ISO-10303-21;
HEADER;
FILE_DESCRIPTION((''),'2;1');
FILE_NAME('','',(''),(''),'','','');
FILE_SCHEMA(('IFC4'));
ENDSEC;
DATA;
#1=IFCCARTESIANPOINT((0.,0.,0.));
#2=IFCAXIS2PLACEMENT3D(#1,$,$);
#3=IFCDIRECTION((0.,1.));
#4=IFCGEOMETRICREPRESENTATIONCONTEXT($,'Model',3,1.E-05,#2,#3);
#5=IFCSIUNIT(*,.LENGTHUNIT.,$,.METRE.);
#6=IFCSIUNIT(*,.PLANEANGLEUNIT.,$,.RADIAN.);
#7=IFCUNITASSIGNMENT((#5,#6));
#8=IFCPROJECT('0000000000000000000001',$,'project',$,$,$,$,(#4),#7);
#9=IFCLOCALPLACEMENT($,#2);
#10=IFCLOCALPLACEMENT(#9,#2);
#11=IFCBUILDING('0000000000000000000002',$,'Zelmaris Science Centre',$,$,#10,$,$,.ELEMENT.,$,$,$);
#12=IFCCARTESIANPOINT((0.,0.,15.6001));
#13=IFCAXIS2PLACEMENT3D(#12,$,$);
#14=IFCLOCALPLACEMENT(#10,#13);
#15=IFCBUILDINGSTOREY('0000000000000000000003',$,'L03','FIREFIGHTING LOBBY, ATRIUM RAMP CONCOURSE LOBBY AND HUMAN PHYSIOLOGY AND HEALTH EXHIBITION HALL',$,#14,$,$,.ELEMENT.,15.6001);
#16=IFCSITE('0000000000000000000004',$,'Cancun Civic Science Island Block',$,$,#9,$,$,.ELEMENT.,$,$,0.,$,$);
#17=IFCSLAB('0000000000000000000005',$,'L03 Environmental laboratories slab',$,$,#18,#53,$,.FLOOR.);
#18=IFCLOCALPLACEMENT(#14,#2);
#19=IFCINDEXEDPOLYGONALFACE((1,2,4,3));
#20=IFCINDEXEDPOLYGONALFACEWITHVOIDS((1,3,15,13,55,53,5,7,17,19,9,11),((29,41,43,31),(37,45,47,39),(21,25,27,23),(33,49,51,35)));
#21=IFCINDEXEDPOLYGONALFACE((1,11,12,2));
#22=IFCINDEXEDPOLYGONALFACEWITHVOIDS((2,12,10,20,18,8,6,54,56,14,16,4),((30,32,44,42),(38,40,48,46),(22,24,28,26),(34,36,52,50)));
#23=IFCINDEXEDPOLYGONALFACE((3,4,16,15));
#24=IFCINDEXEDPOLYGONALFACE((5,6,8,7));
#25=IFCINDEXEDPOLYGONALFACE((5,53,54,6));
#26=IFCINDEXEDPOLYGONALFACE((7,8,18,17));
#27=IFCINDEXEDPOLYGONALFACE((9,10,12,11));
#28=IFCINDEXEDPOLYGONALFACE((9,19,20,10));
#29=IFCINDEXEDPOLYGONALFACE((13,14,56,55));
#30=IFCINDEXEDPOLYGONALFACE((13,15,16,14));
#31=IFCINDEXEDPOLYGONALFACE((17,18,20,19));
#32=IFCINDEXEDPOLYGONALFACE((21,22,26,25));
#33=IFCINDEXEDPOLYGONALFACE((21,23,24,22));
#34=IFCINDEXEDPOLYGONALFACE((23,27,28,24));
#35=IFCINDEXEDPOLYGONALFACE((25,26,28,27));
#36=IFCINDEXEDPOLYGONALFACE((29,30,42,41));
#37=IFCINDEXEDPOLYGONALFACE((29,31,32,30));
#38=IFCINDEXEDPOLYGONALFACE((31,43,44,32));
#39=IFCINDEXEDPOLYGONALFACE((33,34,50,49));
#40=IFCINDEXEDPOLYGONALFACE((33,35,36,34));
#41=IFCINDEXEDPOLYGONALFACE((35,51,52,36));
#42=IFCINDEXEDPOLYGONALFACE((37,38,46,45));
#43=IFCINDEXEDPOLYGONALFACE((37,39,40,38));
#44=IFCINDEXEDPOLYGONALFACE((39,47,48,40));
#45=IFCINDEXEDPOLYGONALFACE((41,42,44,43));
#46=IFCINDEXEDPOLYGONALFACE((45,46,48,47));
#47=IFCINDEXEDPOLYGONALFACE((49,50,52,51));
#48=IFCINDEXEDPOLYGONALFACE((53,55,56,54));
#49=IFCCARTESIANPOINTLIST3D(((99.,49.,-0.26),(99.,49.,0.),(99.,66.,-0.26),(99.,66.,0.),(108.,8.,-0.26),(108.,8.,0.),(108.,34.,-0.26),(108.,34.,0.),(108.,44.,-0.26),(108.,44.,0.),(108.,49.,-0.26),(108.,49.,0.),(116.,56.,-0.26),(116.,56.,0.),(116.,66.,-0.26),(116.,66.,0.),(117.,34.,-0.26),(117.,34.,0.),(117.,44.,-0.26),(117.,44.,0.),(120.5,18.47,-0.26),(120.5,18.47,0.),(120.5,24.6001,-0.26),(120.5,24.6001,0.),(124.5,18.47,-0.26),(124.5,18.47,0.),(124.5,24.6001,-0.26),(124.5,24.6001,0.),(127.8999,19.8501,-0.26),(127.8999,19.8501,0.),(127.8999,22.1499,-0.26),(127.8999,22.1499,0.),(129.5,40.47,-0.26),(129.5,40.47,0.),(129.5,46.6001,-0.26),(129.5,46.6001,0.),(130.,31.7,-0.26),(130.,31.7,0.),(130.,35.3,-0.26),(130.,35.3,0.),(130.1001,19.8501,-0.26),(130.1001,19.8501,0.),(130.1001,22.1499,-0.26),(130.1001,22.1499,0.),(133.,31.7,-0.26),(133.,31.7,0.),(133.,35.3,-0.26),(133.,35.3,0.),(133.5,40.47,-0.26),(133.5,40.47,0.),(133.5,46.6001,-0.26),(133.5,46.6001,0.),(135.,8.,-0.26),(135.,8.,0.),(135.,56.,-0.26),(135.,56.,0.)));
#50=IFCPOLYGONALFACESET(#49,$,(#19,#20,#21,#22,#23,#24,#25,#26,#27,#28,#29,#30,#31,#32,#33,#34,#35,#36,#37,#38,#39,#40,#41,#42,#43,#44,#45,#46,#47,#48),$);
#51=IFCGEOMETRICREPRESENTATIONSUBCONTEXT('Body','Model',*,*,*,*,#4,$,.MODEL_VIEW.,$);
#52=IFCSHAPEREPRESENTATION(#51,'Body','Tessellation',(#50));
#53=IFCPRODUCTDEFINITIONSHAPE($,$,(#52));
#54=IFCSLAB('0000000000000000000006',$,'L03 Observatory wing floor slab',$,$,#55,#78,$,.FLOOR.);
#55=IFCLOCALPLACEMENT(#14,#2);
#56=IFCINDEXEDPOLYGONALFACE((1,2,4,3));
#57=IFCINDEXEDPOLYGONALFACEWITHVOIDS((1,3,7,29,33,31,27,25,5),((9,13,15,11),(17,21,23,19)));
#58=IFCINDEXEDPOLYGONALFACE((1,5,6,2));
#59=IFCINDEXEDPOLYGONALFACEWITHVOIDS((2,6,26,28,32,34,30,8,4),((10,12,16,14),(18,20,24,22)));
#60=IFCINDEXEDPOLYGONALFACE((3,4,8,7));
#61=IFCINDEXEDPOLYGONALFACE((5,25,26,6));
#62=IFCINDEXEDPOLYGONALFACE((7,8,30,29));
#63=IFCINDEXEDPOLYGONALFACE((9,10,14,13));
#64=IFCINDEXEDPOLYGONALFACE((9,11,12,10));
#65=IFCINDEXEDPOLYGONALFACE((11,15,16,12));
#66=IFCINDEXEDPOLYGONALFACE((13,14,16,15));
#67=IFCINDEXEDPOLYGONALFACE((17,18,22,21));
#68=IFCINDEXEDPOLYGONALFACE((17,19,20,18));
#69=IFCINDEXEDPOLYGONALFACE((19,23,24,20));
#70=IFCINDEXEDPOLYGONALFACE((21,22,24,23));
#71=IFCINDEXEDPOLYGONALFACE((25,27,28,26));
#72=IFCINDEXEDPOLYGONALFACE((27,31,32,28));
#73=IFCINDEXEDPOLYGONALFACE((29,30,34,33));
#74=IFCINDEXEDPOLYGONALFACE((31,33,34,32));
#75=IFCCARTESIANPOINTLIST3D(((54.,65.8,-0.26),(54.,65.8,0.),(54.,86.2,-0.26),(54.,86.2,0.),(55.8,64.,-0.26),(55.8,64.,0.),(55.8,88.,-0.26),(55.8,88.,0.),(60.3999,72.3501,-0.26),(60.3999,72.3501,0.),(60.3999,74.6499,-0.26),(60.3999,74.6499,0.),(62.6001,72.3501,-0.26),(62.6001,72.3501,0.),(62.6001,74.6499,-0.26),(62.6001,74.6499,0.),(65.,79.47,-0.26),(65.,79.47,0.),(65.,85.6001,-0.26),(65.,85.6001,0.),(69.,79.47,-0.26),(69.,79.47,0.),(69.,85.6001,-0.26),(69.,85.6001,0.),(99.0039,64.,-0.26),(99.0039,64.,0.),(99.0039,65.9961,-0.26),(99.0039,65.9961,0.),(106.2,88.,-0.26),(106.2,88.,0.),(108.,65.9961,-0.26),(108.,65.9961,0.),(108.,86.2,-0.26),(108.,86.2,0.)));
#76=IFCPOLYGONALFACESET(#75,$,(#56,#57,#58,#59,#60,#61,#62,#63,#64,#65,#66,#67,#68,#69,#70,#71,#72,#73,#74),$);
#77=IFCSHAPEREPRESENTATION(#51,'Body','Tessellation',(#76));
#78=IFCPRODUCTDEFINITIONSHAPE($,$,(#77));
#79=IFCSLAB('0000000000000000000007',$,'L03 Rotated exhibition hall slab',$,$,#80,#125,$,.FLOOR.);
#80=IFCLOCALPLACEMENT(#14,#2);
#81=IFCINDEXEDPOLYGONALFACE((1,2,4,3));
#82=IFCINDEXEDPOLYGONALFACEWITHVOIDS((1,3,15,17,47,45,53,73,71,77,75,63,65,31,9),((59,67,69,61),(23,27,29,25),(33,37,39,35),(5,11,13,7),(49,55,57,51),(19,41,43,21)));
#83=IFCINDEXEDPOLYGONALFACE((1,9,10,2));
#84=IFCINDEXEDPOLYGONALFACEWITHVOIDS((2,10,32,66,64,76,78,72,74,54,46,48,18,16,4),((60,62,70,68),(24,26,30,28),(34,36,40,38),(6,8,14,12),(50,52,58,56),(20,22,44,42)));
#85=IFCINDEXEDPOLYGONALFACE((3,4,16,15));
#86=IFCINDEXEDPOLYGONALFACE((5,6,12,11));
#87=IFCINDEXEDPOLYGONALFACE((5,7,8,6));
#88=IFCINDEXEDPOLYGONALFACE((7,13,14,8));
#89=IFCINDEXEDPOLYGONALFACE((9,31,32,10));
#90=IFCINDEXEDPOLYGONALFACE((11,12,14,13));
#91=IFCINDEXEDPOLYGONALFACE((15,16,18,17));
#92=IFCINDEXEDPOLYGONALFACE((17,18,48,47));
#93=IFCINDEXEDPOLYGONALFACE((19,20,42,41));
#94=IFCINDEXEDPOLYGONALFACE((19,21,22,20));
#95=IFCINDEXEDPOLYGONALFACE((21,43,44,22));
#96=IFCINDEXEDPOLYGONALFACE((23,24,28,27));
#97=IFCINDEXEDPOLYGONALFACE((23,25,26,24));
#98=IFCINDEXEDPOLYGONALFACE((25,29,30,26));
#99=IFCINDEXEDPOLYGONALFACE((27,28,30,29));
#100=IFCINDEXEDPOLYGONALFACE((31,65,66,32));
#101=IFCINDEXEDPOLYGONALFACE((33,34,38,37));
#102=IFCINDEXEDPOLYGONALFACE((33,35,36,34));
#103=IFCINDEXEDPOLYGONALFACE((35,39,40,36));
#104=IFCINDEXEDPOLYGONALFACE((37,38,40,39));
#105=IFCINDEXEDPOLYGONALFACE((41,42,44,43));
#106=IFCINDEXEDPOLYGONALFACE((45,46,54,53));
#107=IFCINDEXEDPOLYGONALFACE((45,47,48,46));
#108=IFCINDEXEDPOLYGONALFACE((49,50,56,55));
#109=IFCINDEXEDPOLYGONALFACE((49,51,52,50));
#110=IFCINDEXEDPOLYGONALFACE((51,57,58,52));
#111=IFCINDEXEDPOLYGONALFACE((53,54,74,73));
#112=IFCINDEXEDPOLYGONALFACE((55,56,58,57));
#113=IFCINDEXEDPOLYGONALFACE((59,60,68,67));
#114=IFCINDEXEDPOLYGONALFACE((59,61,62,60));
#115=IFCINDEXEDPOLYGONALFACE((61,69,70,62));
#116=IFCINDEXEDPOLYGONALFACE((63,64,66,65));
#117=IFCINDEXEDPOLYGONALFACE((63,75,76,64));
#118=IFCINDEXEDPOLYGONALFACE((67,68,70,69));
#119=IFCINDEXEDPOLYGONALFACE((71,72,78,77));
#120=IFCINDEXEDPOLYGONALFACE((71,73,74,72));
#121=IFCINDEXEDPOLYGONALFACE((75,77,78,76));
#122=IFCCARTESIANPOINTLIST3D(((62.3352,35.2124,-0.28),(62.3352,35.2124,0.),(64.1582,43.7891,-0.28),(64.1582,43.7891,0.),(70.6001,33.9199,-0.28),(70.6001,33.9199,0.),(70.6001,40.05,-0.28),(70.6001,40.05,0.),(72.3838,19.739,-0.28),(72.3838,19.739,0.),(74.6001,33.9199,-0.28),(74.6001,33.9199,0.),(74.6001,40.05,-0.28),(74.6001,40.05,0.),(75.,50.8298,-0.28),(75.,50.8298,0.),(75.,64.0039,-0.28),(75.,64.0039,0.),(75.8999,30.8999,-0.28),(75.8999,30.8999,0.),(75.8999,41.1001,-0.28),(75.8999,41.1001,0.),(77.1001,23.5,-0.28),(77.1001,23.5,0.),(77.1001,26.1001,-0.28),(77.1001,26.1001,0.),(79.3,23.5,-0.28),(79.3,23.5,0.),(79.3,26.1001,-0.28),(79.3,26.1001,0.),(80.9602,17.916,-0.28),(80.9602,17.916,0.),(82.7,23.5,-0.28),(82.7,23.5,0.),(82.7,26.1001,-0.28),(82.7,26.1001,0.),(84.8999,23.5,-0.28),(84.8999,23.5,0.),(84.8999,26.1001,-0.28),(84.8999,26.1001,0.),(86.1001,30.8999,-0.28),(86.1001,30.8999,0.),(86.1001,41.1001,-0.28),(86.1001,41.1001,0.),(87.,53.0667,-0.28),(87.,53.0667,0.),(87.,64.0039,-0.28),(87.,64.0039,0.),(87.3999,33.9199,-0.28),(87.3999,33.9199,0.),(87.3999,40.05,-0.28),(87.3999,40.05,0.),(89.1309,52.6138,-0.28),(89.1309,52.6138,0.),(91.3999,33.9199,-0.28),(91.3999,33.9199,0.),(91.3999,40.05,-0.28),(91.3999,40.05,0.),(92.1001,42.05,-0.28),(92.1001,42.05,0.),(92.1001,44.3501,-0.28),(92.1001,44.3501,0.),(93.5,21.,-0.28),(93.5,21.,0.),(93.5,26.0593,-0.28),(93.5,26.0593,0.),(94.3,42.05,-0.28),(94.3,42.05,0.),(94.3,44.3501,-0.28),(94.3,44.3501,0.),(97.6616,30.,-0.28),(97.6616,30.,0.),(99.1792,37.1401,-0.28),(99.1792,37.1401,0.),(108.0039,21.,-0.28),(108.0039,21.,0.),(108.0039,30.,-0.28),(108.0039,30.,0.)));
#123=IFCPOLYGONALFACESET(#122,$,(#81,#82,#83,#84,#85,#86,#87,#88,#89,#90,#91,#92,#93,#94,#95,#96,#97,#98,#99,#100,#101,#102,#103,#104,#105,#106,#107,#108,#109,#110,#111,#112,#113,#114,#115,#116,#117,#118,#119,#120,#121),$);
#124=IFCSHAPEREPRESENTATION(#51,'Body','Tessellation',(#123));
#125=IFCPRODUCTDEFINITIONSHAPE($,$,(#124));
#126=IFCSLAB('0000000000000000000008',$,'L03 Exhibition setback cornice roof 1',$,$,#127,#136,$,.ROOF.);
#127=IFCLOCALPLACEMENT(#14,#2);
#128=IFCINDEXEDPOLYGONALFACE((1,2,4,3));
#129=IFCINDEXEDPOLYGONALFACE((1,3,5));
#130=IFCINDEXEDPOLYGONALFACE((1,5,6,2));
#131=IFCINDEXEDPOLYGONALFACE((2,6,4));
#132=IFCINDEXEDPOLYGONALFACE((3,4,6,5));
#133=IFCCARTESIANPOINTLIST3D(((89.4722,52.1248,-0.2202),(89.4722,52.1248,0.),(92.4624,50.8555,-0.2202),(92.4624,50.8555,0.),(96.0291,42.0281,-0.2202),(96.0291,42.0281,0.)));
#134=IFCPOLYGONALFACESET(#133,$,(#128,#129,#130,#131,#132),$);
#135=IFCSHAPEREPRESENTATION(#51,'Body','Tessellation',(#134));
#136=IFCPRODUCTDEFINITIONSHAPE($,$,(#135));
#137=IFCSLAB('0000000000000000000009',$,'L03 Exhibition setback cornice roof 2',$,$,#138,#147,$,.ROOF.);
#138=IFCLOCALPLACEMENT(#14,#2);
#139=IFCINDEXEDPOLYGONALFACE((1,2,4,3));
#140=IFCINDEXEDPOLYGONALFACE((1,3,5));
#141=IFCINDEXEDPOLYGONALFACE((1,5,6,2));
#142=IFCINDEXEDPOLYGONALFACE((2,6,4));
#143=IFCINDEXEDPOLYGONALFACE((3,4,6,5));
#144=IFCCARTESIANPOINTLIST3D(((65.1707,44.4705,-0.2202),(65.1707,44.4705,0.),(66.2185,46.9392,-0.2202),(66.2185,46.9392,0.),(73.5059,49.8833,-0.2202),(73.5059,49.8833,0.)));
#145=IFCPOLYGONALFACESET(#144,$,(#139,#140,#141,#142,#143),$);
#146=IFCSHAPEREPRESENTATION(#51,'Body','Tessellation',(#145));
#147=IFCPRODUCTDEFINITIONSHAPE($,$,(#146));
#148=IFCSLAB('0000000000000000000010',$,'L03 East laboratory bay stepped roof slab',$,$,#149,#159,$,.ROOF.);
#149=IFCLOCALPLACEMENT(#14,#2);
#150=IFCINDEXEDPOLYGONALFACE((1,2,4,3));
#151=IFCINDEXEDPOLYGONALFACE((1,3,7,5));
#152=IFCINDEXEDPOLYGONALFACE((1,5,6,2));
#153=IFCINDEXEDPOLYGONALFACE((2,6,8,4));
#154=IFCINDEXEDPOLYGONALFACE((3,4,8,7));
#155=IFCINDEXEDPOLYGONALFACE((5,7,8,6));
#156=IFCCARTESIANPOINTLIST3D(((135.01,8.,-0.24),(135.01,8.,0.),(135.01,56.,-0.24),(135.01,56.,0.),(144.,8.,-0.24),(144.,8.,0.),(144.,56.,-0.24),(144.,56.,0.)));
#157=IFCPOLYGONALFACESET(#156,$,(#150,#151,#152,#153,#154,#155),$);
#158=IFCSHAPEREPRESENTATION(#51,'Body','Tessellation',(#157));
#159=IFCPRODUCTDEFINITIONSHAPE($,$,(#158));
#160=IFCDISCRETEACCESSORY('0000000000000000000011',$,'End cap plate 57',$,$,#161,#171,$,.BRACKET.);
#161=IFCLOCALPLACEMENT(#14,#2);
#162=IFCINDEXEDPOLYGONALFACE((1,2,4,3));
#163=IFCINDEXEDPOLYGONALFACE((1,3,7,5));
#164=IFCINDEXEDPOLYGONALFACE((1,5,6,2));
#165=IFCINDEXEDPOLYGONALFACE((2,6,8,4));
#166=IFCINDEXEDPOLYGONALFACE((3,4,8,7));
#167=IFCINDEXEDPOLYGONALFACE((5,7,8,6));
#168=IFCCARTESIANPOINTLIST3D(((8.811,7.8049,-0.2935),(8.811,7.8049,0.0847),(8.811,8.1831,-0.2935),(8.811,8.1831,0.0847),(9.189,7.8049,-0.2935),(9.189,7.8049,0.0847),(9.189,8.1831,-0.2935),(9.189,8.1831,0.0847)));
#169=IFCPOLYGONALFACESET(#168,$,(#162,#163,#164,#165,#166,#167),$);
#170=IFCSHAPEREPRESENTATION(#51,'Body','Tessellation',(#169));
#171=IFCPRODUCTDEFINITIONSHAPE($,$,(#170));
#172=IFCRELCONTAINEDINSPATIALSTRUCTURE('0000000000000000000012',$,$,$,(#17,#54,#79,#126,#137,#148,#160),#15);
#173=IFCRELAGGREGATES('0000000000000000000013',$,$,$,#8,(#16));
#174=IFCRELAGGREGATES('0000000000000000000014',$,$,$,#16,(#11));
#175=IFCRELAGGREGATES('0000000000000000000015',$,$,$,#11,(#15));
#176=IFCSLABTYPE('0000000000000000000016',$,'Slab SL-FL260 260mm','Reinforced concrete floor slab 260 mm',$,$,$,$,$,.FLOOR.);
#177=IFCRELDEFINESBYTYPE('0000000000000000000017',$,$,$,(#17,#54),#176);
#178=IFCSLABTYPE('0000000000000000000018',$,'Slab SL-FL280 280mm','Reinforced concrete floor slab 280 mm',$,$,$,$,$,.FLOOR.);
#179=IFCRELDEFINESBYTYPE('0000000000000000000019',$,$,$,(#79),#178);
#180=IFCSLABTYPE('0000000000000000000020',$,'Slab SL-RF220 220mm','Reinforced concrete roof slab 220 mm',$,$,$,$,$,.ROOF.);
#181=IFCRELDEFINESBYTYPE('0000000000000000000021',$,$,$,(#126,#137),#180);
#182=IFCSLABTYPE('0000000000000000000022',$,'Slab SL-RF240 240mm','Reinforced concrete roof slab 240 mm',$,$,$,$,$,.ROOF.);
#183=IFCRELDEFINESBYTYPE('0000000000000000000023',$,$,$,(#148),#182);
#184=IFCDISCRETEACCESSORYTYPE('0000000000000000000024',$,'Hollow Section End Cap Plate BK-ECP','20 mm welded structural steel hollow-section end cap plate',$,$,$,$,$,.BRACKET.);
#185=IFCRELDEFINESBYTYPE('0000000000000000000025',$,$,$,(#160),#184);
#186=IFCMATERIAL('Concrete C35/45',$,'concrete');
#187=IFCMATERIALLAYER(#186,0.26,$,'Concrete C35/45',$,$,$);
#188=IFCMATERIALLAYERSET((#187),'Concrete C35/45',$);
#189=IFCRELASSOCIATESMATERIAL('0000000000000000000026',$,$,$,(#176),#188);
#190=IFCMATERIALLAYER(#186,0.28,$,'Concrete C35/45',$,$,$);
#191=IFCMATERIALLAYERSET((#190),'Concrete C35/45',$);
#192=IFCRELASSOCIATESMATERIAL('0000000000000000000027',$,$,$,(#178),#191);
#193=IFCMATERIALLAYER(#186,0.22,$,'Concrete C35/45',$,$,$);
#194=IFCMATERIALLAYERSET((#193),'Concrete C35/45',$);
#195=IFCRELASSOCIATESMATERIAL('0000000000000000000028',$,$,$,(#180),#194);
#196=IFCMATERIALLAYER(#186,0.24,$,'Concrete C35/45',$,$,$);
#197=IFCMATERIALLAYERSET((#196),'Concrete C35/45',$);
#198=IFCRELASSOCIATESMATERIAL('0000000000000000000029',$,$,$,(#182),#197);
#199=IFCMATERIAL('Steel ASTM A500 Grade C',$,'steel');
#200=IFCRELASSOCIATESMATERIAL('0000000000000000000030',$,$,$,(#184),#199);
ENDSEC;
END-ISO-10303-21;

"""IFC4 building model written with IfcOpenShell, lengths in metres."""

from ifc_helpers import new_model, si_unit, direction, frame, origin, place, context, subcontext, project, spatial, polyline, outline, extrude, material, layer, layer_set, type_object, element, save


model = new_model("IFC4")

# Units and contexts
model_context = context("Model", 3, precision=1e-05, world=origin(), true_north=direction((0.0, 1.0)))
body_context = subcontext(model_context, "Body", "Model", "MODEL_VIEW")
ifc_project = project(units=[si_unit("LENGTHUNIT", "METRE"), si_unit("PLANEANGLEUNIT", "RADIAN")], contexts=[model_context])

# Site, building, storey
site_placement = place(None, origin())
site = spatial("IfcSite", under=ifc_project, at=site_placement, Name="Cancun Civic Science Island Block", CompositionType="ELEMENT", RefElevation=0.0)
building_placement = place(site_placement, origin())
building = spatial("IfcBuilding", under=site, at=building_placement, Name="Zelmaris Science Centre", CompositionType="ELEMENT")
storey_placement = place(building_placement, frame((0.0, 0.0, 15.6001)))
storey = spatial("IfcBuildingStorey", under=building, at=storey_placement, Name="L03", Description="FIREFIGHTING LOBBY, ATRIUM RAMP CONCOURSE LOBBY AND HUMAN PHYSIOLOGY AND HEALTH EXHIBITION HALL", CompositionType="ELEMENT", Elevation=15.6001)

# Slabs
ifc_material_1 = material(Name="Concrete C35/45", Category="concrete")
ifc_layer_1 = layer(ifc_material_1, 0.26, Name="Concrete C35/45")
ifc_layer_set_1 = layer_set([ifc_layer_1], Name="Concrete C35/45")
slab_type_1 = type_object("IfcSlabType", Name="Slab SL-FL260 260mm", Description="Reinforced concrete floor slab 260 mm", PredefinedType="FLOOR", material=ifc_layer_set_1)
slab_1_placement = place(storey_placement, frame((0.0, 0.0, -0.26)))
element("IfcSlab", 1, at=slab_1_placement, inside=storey, type_object=slab_type_1, Name="L03 Environmental laboratories slab", PredefinedType="FLOOR", context=body_context, shape_type="SweptSolid", body=[
    extrude(outline(polyline([(135.0, 8.0), (108.0, 8.0), (108.0, 34.0), (117.0, 34.0), (117.0, 44.0), (108.0, 44.0), (108.0, 49.0), (99.0, 49.0), (99.0, 66.0), (116.0, 66.0), (116.0, 56.0), (135.0, 56.0), (135.0, 8.0)]), holes=[polyline([(124.5, 18.47), (124.5, 24.6001), (120.5, 24.6001), (120.5, 18.47), (124.5, 18.47)]), polyline([(133.5, 40.47), (133.5, 46.6001), (129.5, 46.6001), (129.5, 40.47), (133.5, 40.47)]), polyline([(127.8999, 19.8501), (130.1001, 19.8501), (130.1001, 22.1499), (127.8999, 22.1499), (127.8999, 19.8501)]), polyline([(130.0, 31.7), (133.0, 31.7), (133.0, 35.3), (130.0, 35.3), (130.0, 31.7)])]), origin(), (0.0, 0.0, 1.0), 0.26),
])
slab_2_placement = place(storey_placement, frame((0.0, 0.0, -0.26)))
element("IfcSlab", 2, at=slab_2_placement, inside=storey, type_object=slab_type_1, Name="L03 Observatory wing floor slab", PredefinedType="FLOOR", context=body_context, shape_type="SweptSolid", body=[
    extrude(outline(polyline([(55.8, 64.0), (54.0, 65.8), (54.0, 86.2), (55.8, 88.0), (106.2, 88.0), (108.0, 86.2), (108.0, 65.9961), (99.0039, 65.9961), (99.0039, 64.0), (55.8, 64.0)]), holes=[polyline([(69.0, 79.47), (69.0, 85.6001), (65.0, 85.6001), (65.0, 79.47), (69.0, 79.47)]), polyline([(60.3999, 72.3501), (62.6001, 72.3501), (62.6001, 74.6499), (60.3999, 74.6499), (60.3999, 72.3501)])]), origin(), (0.0, 0.0, 1.0), 0.26),
])
ifc_layer_2 = layer(ifc_material_1, 0.28, Name="Concrete C35/45")
ifc_layer_set_2 = layer_set([ifc_layer_2], Name="Concrete C35/45")
slab_type_2 = type_object("IfcSlabType", Name="Slab SL-FL280 280mm", Description="Reinforced concrete floor slab 280 mm", PredefinedType="FLOOR", material=ifc_layer_set_2)
slab_3_placement = place(storey_placement, frame((0.0, 0.0, -0.28)))
element("IfcSlab", 3, at=slab_3_placement, inside=storey, type_object=slab_type_2, Name="L03 Rotated exhibition hall slab", PredefinedType="FLOOR", context=body_context, shape_type="SweptSolid", body=[
    extrude(outline(polyline([(62.3352, 35.2124), (64.1582, 43.7891), (75.0, 50.8298), (75.0, 64.0039), (87.0, 64.0039), (87.0, 53.0667), (89.1309, 52.6138), (99.1792, 37.1401), (97.6616, 30.0), (108.0039, 30.0), (108.0039, 21.0), (93.5, 21.0), (93.5, 26.0593), (80.9602, 17.916), (72.3838, 19.739), (62.3352, 35.2124)]), holes=[polyline([(75.8999, 30.8999), (86.1001, 30.8999), (86.1001, 41.1001), (75.8999, 41.1001), (75.8999, 30.8999)]), polyline([(74.6001, 33.9199), (74.6001, 40.05), (70.6001, 40.05), (70.6001, 33.9199), (74.6001, 33.9199)]), polyline([(91.3999, 33.9199), (91.3999, 40.05), (87.3999, 40.05), (87.3999, 33.9199), (91.3999, 33.9199)]), polyline([(77.1001, 23.5), (79.3, 23.5), (79.3, 26.1001), (77.1001, 26.1001), (77.1001, 23.5)]), polyline([(82.7, 23.5), (84.8999, 23.5), (84.8999, 26.1001), (82.7, 26.1001), (82.7, 23.5)]), polyline([(92.1001, 42.05), (94.3, 42.05), (94.3, 44.3501), (92.1001, 44.3501), (92.1001, 42.05)])]), origin(), (0.0, 0.0, 1.0), 0.28),
])
ifc_layer_3 = layer(ifc_material_1, 0.22, Name="Concrete C35/45")
ifc_layer_set_3 = layer_set([ifc_layer_3], Name="Concrete C35/45")
slab_type_3 = type_object("IfcSlabType", Name="Slab SL-RF220 220mm", Description="Reinforced concrete roof slab 220 mm", PredefinedType="ROOF", material=ifc_layer_set_3)
slab_4_placement = place(storey_placement, frame((0.0, 0.0, -0.2202)))
element("IfcSlab", 4, at=slab_4_placement, inside=storey, type_object=slab_type_3, Name="L03 Exhibition setback cornice roof 1", PredefinedType="ROOF", context=body_context, shape_type="SweptSolid", body=[
    extrude(outline(polyline([(96.0291, 42.0281), (89.4722, 52.1248), (92.4624, 50.8555), (96.0291, 42.0281)])), origin(), (0.0, 0.0, 1.0), 0.2202),
])
slab_5_placement = place(storey_placement, frame((0.0, 0.0, -0.2202)))
element("IfcSlab", 5, at=slab_5_placement, inside=storey, type_object=slab_type_3, Name="L03 Exhibition setback cornice roof 2", PredefinedType="ROOF", context=body_context, shape_type="SweptSolid", body=[
    extrude(outline(polyline([(73.5059, 49.8833), (65.1707, 44.4705), (66.2185, 46.9392), (73.5059, 49.8833)])), origin(), (0.0, 0.0, 1.0), 0.2202),
])
ifc_layer_4 = layer(ifc_material_1, 0.24, Name="Concrete C35/45")
ifc_layer_set_4 = layer_set([ifc_layer_4], Name="Concrete C35/45")
slab_type_4 = type_object("IfcSlabType", Name="Slab SL-RF240 240mm", Description="Reinforced concrete roof slab 240 mm", PredefinedType="ROOF", material=ifc_layer_set_4)
slab_6_placement = place(storey_placement, frame((0.0, 0.0, -0.24)))
element("IfcSlab", 6, at=slab_6_placement, inside=storey, type_object=slab_type_4, Name="L03 East laboratory bay stepped roof slab", PredefinedType="ROOF", context=body_context, shape_type="SweptSolid", body=[
    extrude(outline(polyline([(144.0, 56.0), (144.0, 8.0), (135.01, 8.0), (135.01, 56.0), (144.0, 56.0)])), origin(), (0.0, 0.0, 1.0), 0.24),
])

# Discrete accessory
ifc_material_2 = material(Name="Steel ASTM A500 Grade C", Category="steel")
discrete_accessory_type = type_object("IfcDiscreteAccessoryType", Name="Hollow Section End Cap Plate BK-ECP", Description="20 mm welded structural steel hollow-section end cap plate", PredefinedType="BRACKET", material=ifc_material_2)
discrete_accessory_1_placement = place(storey_placement, frame((0.0, 0.0, -0.2935)))
element("IfcDiscreteAccessory", 7, at=discrete_accessory_1_placement, inside=storey, type_object=discrete_accessory_type, Name="End cap plate 57", PredefinedType="BRACKET", context=body_context, shape_type="SweptSolid", body=[
    extrude(outline(polyline([(8.811, 7.8049), (9.189, 7.8049), (9.189, 8.1831), (8.811, 8.1831), (8.811, 7.8049)])), origin(), (0.0, 0.0, 1.0), 0.3782),
])

save(model, "model.ifc")
